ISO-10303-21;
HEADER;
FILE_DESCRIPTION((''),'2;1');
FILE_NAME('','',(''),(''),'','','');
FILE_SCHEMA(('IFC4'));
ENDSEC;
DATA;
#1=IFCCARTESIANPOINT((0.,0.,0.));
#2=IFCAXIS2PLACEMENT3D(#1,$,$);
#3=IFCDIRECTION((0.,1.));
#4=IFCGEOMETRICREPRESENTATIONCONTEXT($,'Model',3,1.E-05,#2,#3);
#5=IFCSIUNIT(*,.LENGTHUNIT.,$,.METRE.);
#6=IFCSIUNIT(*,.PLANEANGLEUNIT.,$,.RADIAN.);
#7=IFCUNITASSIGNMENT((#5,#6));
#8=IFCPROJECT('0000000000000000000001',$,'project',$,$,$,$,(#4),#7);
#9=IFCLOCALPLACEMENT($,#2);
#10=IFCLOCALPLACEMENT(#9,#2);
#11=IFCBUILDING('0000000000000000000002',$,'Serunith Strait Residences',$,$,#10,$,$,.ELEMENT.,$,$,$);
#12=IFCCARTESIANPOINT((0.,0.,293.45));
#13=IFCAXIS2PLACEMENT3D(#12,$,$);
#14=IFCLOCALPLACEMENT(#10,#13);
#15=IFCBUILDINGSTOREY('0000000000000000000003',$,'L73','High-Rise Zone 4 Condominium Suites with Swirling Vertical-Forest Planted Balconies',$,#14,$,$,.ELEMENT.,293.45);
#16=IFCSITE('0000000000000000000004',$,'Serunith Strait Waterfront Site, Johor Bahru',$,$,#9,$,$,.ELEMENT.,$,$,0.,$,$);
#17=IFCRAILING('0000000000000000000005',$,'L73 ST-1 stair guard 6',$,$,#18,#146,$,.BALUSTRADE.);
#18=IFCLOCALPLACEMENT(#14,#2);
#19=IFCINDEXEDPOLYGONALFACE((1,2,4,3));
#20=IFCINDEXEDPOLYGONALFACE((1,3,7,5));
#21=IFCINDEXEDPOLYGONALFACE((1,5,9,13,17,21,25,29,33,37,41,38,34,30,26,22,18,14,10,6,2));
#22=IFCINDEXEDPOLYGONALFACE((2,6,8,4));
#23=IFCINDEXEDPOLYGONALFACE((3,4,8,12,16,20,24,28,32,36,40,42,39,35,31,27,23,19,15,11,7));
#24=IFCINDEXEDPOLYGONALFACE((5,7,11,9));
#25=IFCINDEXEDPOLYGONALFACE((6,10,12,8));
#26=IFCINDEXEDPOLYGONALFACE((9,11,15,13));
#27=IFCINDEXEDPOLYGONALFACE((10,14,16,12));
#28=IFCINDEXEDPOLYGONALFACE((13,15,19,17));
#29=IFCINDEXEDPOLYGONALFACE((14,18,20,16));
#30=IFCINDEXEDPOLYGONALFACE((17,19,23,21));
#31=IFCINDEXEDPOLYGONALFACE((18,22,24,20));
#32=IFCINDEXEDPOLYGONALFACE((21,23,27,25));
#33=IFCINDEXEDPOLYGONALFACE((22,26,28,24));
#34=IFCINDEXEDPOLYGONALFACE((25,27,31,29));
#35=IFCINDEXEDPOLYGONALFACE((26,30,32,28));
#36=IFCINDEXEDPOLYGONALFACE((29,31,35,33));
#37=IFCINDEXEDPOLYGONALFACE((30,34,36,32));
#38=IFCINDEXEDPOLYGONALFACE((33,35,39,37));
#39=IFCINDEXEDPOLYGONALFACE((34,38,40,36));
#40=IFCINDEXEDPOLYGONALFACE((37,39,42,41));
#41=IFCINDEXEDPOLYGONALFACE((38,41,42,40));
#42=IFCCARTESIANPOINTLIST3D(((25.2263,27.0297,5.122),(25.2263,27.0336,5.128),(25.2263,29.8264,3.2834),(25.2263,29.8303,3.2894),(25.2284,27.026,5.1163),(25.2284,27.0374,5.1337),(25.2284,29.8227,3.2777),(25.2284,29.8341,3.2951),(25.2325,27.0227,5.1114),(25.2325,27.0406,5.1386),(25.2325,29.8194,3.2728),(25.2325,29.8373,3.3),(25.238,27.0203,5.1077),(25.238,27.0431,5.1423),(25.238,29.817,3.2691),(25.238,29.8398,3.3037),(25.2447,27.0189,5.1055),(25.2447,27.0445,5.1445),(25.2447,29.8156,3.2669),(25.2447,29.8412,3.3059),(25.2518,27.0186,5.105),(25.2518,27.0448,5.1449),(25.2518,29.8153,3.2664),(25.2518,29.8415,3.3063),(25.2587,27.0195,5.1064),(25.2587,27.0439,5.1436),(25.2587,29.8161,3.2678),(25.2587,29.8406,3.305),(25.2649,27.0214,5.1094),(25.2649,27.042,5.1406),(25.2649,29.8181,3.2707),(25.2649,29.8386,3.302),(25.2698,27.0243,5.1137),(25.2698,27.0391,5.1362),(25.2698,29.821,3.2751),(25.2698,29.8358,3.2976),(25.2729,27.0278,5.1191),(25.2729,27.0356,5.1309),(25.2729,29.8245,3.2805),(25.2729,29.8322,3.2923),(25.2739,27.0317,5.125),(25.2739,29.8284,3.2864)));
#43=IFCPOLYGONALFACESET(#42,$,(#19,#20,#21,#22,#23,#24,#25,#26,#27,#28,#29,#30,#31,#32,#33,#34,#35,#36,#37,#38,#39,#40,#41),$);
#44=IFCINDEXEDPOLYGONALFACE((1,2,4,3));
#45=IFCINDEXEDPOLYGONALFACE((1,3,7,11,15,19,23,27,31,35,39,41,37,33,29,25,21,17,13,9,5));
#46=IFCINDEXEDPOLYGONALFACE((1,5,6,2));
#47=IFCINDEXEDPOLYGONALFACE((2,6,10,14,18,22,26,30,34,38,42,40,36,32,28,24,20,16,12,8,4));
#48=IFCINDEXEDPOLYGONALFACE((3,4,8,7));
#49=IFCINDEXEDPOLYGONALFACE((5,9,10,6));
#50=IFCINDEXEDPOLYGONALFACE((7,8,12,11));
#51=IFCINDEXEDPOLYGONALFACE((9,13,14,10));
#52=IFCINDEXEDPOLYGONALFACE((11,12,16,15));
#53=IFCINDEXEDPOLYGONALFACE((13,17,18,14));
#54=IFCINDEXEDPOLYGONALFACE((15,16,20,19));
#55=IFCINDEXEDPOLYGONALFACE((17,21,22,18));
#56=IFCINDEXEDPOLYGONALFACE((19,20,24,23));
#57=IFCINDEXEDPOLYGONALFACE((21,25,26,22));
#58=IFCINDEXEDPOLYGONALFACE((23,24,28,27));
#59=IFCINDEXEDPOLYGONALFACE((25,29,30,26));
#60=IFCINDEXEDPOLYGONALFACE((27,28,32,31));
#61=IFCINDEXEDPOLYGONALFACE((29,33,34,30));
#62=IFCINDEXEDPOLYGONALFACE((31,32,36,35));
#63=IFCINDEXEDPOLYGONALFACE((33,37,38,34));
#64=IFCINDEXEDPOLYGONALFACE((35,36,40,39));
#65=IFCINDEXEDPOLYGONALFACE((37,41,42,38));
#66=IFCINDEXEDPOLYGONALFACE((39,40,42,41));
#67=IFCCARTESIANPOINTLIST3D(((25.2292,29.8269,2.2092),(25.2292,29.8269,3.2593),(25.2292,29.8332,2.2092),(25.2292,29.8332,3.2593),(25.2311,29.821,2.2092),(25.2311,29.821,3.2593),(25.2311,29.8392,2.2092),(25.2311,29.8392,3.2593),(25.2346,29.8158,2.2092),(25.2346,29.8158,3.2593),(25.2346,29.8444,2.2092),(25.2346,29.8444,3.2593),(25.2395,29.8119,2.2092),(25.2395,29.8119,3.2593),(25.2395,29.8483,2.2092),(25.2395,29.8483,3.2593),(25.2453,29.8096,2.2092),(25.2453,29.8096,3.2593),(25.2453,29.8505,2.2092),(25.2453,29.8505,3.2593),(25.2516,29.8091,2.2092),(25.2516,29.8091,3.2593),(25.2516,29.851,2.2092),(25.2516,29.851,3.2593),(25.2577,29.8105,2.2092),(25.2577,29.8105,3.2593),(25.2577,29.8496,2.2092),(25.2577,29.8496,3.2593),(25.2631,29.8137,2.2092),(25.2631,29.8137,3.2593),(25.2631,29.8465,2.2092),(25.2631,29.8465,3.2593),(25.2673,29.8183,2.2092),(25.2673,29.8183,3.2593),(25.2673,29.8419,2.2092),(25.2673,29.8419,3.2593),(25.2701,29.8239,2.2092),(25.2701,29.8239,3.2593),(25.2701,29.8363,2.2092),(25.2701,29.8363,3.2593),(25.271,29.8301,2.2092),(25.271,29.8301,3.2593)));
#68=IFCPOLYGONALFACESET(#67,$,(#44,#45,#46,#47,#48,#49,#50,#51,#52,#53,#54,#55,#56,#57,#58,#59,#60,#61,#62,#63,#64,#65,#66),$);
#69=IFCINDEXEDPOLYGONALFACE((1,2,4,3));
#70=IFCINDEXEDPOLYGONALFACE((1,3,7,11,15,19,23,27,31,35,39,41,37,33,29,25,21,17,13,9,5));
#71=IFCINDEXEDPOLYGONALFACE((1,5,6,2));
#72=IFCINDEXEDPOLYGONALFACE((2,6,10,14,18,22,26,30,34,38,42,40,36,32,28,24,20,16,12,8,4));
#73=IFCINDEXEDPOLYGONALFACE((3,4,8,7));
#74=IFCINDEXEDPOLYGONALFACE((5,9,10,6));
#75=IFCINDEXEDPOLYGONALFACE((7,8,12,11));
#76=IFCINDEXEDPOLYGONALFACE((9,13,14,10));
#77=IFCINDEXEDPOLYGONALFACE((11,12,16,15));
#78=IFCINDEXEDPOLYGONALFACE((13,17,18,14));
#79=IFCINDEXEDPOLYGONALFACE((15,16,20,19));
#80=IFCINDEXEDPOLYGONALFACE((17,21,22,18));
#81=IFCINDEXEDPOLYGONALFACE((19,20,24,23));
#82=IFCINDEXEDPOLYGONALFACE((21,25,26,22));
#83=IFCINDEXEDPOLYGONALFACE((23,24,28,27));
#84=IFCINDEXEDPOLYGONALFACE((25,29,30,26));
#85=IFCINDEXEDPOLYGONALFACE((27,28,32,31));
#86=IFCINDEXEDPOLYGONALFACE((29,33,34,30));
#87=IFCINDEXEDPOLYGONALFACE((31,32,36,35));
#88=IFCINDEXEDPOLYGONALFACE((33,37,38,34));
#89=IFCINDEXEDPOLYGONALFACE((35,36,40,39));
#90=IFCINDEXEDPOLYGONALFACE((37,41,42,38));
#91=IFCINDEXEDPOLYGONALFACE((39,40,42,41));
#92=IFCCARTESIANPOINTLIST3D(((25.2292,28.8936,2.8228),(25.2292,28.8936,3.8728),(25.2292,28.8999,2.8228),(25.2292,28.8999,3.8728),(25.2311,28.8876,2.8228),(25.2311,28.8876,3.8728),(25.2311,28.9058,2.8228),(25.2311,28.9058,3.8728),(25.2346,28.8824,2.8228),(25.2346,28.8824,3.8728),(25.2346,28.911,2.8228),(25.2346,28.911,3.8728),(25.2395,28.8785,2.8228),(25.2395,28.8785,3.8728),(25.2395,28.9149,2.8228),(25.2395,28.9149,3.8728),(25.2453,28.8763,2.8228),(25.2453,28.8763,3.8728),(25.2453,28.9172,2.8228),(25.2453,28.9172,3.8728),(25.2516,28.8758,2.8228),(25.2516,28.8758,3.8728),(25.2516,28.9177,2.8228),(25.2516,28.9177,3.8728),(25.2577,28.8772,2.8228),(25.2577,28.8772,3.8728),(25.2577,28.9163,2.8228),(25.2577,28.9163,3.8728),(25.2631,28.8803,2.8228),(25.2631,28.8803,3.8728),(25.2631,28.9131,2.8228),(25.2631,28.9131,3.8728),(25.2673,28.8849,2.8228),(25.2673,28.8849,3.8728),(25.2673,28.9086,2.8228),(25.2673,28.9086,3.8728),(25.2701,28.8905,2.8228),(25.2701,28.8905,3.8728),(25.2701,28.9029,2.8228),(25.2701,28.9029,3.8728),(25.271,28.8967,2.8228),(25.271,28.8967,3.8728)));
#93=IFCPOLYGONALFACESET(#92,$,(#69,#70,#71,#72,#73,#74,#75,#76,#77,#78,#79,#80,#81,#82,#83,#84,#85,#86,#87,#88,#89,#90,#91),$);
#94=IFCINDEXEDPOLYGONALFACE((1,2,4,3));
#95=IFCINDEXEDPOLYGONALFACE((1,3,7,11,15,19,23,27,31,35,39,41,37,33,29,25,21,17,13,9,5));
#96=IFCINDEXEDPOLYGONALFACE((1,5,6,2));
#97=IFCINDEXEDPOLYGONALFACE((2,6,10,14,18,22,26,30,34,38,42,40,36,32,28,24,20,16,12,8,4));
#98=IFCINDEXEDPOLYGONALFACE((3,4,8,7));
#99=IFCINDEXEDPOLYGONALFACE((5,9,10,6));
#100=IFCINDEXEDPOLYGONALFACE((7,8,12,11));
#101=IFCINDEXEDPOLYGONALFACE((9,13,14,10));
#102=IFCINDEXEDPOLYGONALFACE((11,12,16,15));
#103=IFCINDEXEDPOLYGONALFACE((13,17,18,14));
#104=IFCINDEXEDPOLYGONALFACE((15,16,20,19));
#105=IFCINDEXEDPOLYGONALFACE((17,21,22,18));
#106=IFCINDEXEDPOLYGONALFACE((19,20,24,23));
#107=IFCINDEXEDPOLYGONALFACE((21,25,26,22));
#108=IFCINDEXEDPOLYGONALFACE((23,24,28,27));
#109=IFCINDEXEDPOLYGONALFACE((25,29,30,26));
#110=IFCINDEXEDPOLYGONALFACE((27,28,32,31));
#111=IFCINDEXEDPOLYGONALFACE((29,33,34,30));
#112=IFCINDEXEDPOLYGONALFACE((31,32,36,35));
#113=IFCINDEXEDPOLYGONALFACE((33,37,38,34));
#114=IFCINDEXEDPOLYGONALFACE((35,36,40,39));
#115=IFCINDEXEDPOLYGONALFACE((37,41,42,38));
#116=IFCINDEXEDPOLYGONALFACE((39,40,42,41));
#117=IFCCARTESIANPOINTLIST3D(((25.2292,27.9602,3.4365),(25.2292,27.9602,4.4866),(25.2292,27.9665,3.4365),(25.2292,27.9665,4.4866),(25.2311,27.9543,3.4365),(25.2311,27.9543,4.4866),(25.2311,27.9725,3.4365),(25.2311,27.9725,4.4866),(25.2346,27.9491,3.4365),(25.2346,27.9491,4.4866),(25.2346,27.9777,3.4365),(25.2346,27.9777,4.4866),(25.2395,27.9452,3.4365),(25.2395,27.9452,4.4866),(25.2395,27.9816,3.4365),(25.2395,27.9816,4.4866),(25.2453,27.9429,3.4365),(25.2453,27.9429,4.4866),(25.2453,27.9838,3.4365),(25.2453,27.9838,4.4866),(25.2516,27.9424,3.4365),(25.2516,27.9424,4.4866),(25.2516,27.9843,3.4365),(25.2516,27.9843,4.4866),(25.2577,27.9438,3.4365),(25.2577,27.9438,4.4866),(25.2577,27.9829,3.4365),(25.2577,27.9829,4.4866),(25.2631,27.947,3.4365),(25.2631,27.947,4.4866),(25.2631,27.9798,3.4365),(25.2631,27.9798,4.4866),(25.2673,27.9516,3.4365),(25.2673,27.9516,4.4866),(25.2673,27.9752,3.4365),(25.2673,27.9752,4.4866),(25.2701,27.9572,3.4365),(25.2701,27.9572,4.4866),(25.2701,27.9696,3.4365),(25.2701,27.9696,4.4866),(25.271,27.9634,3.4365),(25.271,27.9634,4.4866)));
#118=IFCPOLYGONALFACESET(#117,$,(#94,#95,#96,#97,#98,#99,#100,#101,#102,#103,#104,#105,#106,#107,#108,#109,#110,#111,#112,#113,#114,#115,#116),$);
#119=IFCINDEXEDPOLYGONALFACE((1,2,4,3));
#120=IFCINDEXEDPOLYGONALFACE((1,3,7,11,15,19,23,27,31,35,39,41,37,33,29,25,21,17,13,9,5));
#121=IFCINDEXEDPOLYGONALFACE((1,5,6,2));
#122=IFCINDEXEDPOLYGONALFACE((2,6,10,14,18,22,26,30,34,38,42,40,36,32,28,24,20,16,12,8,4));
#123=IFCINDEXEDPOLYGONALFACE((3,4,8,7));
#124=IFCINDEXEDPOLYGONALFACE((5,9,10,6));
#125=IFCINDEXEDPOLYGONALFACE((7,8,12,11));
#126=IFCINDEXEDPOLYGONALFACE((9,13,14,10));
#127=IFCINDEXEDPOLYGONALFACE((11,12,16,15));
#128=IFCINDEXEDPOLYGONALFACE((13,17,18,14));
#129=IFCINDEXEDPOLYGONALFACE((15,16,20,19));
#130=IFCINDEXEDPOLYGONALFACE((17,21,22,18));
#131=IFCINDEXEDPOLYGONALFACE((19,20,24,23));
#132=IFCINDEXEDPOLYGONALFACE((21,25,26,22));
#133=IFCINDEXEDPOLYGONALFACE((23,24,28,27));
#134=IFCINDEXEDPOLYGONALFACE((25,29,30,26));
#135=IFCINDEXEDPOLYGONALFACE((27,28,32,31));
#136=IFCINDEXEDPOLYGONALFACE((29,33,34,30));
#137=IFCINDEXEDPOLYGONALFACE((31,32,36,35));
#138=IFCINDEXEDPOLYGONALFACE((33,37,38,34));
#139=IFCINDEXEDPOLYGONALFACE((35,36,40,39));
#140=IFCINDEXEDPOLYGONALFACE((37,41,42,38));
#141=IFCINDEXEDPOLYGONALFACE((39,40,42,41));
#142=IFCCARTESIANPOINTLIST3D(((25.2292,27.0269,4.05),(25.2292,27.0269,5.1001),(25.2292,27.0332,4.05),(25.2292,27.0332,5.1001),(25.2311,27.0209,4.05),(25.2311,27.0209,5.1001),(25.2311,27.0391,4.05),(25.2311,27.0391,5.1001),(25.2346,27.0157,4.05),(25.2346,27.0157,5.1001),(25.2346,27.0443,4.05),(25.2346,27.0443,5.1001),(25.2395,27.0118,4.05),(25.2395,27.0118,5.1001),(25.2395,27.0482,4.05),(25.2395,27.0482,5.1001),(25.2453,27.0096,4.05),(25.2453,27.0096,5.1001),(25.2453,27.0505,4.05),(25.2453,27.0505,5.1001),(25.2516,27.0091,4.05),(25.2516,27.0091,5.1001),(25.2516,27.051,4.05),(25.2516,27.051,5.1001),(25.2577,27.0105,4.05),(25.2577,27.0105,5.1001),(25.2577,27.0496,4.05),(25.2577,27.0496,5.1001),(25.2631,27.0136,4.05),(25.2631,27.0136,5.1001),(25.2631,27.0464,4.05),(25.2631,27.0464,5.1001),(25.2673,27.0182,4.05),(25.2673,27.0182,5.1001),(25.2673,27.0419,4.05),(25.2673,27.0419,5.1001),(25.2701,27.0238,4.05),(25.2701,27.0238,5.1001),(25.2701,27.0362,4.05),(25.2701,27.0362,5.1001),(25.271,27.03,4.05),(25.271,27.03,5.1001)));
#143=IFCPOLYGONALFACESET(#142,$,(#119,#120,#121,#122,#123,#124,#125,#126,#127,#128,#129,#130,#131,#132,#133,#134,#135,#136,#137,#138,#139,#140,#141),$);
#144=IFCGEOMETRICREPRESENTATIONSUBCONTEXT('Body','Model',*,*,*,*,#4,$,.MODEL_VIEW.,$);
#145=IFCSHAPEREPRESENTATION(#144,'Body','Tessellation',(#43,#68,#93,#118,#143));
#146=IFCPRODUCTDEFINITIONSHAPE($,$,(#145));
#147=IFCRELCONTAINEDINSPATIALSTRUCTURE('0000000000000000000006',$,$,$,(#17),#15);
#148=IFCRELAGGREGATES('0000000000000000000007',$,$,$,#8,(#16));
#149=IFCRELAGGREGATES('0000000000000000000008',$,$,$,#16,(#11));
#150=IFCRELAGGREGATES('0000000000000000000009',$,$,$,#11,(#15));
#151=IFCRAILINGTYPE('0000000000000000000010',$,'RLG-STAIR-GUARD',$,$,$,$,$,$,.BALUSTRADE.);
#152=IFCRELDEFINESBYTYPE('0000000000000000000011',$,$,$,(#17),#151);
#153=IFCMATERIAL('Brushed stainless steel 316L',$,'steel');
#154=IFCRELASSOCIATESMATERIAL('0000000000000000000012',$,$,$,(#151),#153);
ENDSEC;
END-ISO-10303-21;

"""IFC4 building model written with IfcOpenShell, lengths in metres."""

from ifc_helpers import new_model, si_unit, direction, frame, origin, origin_2d, place, context, subcontext, project, spatial, circle, extrude, material, type_object, element, save


model = new_model("IFC4")

# Units and contexts
model_context = context("Model", 3, precision=1e-05, world=origin(), true_north=direction((0.0, 1.0)))
body_context = subcontext(model_context, "Body", "Model", "MODEL_VIEW")
ifc_project = project(units=[si_unit("LENGTHUNIT", "METRE"), si_unit("PLANEANGLEUNIT", "RADIAN")], contexts=[model_context])

# Site, building, storey
site_placement = place(None, origin())
site = spatial("IfcSite", under=ifc_project, at=site_placement, Name="Serunith Strait Waterfront Site, Johor Bahru", CompositionType="ELEMENT", RefElevation=0.0)
building_placement = place(site_placement, origin())
building = spatial("IfcBuilding", under=site, at=building_placement, Name="Serunith Strait Residences", CompositionType="ELEMENT")
storey_placement = place(building_placement, frame((0.0, 0.0, 293.45)))
storey = spatial("IfcBuildingStorey", under=building, at=storey_placement, Name="L73", Description="High-Rise Zone 4 Condominium Suites with Swirling Vertical-Forest Planted Balconies", CompositionType="ELEMENT", Elevation=293.45)

# Railing
ifc_material_1 = material(Name="Brushed stainless steel 316L", Category="steel")
railing_type_1 = type_object("IfcRailingType", Name="RLG-STAIR-GUARD", PredefinedType="BALUSTRADE", material=ifc_material_1)
railing_1_placement = place(storey_placement, frame((25.25, 29.8301, 2.2092)))
element("IfcRailing", 1, at=railing_1_placement, inside=storey, type_object=railing_type_1, Name="L73 ST-1 stair guard 6", PredefinedType="BALUSTRADE", context=body_context, shape_type="SweptSolid", body=[
    extrude(circle(Radius=0.0239, at=origin_2d()), frame((0.0, -0.0017, 1.0771), z_axis=(0.0, -0.835598, 0.549342), x_axis=(1.0, 0.0, 0.0)), (0.0, 0.0, 1.0), 3.3469),
    extrude(circle(Radius=0.021, at=origin_2d()), origin(), (0.0, 0.0, 1.0), 1.05),
    extrude(circle(Radius=0.021, at=origin_2d()), frame((0.0, -0.9333, 0.6135)), (0.0, 0.0, 1.0), 1.05),
    extrude(circle(Radius=0.021, at=origin_2d()), frame((0.0, -1.8667, 1.2273)), (0.0, 0.0, 1.0), 1.05),
    extrude(circle(Radius=0.021, at=origin_2d()), frame((0.0, -2.8, 1.8408)), (0.0, 0.0, 1.0), 1.05),
])

save(model, "model.ifc")
